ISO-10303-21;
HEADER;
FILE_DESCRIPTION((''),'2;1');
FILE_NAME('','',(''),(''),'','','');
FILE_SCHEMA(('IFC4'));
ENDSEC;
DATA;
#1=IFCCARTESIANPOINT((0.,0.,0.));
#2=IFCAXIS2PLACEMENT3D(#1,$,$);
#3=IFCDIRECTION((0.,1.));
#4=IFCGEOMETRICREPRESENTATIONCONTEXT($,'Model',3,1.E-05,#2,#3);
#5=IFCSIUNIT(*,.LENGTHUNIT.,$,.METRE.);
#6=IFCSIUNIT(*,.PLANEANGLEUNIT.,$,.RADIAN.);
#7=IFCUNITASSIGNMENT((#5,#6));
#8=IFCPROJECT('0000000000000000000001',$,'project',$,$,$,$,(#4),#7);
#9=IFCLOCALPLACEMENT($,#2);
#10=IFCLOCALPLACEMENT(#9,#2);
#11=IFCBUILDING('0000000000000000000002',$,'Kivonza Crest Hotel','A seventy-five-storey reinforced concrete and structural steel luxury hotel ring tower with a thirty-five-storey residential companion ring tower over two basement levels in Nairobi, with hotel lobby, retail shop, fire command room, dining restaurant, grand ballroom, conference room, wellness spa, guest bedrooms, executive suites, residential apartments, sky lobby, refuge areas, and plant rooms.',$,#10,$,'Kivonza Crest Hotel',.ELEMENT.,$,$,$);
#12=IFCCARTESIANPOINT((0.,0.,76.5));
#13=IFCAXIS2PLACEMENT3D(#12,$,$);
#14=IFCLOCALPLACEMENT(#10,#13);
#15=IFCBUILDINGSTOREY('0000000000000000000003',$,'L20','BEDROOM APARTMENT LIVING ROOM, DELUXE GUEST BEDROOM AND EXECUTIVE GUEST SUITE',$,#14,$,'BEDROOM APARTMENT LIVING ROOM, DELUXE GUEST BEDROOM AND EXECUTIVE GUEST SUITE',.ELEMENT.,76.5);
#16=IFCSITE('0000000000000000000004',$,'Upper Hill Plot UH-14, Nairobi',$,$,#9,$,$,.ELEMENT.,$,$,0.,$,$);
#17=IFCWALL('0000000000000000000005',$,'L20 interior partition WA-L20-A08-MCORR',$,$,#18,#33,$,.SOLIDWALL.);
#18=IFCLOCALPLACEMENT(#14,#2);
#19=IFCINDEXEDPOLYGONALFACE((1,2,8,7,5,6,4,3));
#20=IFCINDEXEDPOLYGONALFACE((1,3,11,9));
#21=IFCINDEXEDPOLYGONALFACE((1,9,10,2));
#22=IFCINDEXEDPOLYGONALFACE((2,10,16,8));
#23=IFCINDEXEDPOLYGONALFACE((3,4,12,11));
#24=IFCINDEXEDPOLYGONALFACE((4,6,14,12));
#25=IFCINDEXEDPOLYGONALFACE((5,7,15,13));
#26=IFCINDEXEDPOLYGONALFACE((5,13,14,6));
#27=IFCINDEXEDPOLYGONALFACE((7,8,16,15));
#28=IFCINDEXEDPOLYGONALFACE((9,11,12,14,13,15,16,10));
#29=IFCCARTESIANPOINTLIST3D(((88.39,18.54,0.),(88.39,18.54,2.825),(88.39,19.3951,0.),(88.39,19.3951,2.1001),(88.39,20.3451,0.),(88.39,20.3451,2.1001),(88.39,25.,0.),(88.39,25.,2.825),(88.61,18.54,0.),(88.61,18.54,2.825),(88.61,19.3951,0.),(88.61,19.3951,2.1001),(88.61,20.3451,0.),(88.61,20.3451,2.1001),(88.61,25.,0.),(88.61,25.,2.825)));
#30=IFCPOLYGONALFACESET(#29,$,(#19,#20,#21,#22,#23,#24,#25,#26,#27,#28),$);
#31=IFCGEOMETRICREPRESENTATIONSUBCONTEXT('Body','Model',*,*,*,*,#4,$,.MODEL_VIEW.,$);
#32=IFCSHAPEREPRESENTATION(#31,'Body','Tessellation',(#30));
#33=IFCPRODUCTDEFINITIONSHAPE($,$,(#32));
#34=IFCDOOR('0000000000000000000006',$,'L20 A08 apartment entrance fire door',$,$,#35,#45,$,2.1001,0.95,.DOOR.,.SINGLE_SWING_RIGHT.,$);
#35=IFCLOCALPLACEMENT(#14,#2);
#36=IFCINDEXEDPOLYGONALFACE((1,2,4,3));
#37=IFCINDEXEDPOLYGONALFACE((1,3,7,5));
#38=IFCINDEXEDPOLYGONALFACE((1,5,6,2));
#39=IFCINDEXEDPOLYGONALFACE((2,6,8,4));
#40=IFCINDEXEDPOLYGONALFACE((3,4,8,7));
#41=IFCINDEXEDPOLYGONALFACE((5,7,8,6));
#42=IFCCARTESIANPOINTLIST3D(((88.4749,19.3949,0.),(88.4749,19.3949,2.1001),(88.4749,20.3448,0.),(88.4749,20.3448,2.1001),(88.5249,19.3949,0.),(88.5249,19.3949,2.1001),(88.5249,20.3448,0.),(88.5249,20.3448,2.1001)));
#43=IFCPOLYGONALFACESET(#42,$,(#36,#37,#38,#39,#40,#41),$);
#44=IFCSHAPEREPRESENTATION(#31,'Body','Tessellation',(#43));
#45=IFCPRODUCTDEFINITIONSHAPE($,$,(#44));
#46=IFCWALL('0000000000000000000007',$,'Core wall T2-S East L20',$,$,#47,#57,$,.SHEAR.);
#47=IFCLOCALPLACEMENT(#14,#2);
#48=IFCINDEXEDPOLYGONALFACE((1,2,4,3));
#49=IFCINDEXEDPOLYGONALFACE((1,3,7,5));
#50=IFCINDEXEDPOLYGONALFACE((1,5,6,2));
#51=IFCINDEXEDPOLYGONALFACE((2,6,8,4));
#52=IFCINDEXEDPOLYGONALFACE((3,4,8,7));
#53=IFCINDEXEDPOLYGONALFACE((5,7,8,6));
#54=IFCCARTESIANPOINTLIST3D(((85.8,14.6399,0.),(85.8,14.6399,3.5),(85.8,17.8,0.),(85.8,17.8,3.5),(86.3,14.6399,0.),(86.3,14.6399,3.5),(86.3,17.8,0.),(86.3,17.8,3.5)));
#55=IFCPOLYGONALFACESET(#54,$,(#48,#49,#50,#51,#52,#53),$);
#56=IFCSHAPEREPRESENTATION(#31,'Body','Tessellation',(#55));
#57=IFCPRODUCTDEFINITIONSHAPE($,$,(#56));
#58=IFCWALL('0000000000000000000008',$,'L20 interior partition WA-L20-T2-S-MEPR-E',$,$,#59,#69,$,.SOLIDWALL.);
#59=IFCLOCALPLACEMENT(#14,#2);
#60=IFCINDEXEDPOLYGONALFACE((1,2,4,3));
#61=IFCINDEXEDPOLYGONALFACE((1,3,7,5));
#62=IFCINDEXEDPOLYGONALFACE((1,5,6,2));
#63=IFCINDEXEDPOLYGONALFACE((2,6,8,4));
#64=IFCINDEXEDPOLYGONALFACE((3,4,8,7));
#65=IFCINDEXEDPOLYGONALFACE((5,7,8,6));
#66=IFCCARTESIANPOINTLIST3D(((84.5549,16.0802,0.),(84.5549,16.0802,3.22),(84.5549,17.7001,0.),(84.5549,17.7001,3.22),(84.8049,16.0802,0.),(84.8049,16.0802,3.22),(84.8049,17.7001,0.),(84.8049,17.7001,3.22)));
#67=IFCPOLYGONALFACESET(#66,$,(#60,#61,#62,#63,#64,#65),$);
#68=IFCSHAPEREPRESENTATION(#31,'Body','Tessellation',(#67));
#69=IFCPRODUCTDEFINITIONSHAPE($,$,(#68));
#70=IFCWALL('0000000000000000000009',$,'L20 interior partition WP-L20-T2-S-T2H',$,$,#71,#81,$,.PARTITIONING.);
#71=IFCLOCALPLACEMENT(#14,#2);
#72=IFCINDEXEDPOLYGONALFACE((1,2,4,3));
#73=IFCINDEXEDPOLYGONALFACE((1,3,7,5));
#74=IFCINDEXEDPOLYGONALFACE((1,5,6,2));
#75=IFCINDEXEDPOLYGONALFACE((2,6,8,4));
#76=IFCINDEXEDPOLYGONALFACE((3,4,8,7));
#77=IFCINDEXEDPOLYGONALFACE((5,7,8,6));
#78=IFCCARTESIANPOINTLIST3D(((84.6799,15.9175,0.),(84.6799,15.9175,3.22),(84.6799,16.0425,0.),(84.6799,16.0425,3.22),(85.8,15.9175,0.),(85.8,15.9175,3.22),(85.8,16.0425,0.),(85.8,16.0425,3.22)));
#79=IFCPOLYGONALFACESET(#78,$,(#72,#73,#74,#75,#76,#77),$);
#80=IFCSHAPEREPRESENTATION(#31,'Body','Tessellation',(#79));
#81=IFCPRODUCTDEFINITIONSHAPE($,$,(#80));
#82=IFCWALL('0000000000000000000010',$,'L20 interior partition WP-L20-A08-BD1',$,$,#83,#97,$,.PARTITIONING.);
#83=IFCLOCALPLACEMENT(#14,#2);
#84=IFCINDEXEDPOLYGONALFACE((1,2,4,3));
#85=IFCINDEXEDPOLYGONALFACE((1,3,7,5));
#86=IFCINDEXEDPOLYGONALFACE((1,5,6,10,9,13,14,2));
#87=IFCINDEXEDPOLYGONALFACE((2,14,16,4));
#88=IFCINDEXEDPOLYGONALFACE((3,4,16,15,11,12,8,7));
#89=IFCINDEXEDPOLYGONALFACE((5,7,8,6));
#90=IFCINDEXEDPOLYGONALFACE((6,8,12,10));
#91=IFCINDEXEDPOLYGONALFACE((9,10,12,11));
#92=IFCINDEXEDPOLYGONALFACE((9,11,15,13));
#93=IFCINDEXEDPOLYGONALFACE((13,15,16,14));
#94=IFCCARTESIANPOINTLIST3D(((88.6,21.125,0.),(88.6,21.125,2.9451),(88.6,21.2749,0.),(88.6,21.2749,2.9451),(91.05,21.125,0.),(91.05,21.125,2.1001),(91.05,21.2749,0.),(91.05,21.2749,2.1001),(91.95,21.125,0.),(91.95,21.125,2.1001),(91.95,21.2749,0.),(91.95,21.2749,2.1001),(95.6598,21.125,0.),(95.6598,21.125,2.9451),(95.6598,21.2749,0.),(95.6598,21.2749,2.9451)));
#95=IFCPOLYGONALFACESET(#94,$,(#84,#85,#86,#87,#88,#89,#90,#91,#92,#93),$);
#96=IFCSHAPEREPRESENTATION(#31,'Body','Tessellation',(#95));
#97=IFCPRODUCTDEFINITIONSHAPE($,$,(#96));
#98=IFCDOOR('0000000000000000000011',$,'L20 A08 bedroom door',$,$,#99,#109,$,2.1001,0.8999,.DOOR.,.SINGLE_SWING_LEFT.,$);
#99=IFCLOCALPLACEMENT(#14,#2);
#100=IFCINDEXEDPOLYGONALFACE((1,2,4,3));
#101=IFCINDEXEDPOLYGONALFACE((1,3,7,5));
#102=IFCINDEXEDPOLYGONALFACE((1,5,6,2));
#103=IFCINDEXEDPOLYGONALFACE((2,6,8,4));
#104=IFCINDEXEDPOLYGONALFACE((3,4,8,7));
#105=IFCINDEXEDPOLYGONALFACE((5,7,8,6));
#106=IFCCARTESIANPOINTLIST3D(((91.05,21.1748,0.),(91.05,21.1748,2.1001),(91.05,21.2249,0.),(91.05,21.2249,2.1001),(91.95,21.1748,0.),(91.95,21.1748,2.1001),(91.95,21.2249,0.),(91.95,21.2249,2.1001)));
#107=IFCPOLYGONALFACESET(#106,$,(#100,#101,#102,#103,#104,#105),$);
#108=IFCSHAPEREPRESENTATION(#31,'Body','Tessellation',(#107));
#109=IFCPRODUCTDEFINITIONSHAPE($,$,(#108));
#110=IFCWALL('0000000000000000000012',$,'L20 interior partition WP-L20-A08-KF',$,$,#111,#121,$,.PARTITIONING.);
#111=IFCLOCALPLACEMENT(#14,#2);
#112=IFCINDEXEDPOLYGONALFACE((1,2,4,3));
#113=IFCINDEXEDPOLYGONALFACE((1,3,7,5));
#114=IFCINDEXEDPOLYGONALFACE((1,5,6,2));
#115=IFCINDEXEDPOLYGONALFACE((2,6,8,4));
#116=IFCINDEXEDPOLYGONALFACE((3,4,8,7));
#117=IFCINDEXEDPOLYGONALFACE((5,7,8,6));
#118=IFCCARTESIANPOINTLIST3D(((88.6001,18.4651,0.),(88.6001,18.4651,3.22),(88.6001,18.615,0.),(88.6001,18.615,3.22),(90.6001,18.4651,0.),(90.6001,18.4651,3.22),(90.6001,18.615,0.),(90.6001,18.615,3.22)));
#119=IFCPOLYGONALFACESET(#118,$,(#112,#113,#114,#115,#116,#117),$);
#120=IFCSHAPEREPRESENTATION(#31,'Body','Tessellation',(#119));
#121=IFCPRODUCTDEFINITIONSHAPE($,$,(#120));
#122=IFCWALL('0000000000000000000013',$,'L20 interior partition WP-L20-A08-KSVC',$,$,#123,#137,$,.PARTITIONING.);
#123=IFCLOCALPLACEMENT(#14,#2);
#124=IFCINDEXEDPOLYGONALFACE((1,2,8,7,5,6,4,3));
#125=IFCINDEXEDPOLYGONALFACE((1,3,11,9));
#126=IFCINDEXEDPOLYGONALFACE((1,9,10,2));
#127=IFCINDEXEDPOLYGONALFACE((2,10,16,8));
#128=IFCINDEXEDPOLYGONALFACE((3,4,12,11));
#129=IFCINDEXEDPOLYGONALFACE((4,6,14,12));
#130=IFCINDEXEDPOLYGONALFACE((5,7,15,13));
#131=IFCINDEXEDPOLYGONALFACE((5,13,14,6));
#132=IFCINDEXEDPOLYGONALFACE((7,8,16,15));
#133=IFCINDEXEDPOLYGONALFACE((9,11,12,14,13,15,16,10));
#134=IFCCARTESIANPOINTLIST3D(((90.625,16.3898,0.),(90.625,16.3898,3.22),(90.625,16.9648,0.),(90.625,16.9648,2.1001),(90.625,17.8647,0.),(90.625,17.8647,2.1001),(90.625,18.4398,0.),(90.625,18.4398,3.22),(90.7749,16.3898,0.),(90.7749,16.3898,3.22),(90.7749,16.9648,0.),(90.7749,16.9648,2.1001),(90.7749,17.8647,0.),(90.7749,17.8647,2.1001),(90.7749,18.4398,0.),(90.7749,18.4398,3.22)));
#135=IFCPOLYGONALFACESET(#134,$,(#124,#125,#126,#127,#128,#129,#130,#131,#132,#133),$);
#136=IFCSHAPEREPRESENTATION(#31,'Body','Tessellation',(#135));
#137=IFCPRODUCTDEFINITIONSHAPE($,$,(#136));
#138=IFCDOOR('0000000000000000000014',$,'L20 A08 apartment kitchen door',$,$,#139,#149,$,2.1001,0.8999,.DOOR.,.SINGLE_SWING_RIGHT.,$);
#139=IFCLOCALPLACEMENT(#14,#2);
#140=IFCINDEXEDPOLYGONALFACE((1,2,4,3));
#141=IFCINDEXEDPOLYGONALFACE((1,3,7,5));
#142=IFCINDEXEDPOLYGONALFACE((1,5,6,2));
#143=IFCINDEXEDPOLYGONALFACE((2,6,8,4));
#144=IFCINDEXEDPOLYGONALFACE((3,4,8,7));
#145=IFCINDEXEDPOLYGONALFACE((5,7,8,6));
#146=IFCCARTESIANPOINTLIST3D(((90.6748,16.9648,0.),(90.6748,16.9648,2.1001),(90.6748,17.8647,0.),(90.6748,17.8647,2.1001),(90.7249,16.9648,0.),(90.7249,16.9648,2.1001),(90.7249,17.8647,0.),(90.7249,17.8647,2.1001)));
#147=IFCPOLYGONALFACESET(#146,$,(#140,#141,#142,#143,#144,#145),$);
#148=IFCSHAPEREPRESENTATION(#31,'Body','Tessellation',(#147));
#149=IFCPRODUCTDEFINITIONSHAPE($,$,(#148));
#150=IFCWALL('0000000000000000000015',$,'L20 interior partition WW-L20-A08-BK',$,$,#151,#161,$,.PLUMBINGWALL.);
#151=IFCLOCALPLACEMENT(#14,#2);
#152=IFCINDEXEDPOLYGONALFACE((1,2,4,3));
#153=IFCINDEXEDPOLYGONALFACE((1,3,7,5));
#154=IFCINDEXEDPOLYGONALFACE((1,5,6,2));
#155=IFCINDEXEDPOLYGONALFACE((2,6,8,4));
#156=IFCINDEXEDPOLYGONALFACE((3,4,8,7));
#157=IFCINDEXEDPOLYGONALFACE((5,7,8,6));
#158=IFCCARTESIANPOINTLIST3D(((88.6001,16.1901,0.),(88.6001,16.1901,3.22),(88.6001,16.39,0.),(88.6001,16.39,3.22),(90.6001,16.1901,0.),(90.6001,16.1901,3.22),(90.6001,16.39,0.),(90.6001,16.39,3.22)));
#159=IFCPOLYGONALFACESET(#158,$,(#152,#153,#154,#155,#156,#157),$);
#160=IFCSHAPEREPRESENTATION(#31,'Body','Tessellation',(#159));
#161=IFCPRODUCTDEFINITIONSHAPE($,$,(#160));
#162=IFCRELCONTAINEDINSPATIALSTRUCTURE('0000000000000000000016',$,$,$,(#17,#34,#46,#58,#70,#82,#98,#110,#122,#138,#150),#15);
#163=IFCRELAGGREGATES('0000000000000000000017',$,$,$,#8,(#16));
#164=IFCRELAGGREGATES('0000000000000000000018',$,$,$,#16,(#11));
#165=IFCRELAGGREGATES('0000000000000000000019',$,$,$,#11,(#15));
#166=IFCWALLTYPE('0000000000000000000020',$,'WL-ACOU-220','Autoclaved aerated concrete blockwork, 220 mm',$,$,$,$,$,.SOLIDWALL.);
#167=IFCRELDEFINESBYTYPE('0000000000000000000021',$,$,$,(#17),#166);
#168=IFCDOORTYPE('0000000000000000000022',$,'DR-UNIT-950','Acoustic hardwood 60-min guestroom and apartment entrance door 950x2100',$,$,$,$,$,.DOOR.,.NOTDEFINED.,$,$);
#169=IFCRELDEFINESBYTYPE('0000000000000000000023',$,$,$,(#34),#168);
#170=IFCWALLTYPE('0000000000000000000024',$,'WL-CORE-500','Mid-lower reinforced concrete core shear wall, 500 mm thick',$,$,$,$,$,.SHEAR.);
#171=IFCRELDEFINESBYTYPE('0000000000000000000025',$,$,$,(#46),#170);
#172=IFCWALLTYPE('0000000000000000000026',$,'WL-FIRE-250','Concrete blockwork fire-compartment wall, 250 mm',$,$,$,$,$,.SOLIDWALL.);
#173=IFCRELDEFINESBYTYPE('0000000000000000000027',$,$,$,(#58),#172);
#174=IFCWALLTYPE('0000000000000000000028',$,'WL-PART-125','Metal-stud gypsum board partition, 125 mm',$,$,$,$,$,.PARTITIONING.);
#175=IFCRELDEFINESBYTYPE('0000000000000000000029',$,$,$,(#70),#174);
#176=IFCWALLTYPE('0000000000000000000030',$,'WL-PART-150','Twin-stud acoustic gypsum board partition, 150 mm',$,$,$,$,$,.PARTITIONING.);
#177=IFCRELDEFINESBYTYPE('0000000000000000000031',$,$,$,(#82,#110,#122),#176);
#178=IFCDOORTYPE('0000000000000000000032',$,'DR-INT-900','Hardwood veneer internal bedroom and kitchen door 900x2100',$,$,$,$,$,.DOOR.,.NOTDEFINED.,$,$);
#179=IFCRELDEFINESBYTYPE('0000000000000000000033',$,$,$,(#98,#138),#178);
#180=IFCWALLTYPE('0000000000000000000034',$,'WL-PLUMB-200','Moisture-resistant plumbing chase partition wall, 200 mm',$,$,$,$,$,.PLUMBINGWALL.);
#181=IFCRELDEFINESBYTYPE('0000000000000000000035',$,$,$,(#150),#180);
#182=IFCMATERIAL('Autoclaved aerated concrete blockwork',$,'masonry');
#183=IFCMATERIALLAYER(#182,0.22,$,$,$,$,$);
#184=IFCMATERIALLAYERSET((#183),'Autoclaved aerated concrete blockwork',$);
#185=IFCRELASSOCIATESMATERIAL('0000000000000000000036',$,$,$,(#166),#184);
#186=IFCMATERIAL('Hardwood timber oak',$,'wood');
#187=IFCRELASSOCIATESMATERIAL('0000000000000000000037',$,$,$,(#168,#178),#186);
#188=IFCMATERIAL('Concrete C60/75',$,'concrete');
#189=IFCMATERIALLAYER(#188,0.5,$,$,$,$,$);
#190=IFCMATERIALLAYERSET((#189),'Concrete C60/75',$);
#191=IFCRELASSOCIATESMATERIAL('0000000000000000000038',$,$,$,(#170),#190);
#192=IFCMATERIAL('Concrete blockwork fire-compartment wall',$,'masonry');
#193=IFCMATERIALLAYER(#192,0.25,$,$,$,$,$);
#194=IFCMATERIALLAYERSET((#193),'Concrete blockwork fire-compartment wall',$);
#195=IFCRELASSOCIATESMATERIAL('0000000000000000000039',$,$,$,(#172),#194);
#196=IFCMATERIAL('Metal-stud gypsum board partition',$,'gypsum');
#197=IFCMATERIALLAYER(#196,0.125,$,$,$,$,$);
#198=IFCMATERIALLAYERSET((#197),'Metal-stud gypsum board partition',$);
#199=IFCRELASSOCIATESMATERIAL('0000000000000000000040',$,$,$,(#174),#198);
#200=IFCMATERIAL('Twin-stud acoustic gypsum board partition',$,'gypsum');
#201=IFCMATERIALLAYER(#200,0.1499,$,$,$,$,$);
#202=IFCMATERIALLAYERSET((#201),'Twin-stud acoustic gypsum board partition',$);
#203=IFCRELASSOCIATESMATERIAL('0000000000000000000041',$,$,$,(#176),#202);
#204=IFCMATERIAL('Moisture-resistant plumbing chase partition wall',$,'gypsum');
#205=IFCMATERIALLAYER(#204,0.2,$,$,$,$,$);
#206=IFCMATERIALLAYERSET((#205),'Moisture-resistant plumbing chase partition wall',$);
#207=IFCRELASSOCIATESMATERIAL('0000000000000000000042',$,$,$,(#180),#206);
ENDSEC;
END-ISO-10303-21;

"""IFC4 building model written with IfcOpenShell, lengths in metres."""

from ifc_helpers import new_model, si_unit, direction, frame, frame_2d, origin, place, context, subcontext, project, spatial, rectangle, extrude, material, layer, layer_set, type_object, element, fill, save


model = new_model("IFC4")

# Units and contexts
model_context = context("Model", 3, precision=1e-05, world=origin(), true_north=direction((0.0, 1.0)))
body_context = subcontext(model_context, "Body", "Model", "MODEL_VIEW")
ifc_project = project(units=[si_unit("LENGTHUNIT", "METRE"), si_unit("PLANEANGLEUNIT", "RADIAN")], contexts=[model_context])

# Site, building, storey
site_placement = place(None, origin())
site = spatial("IfcSite", under=ifc_project, at=site_placement, Name="Upper Hill Plot UH-14, Nairobi", CompositionType="ELEMENT", RefElevation=0.0)
building_placement = place(site_placement, origin())
building = spatial("IfcBuilding", under=site, at=building_placement, Name="Kivonza Crest Hotel", Description="A seventy-five-storey reinforced concrete and structural steel luxury hotel ring tower with a thirty-five-storey residential companion ring tower over two basement levels in Nairobi, with hotel lobby, retail shop, fire command room, dining restaurant, grand ballroom, conference room, wellness spa, guest bedrooms, executive suites, residential apartments, sky lobby, refuge areas, and plant rooms.", LongName="Kivonza Crest Hotel", CompositionType="ELEMENT")
storey_placement = place(building_placement, frame((0.0, 0.0, 76.5)))
storey = spatial("IfcBuildingStorey", under=building, at=storey_placement, Name="L20", Description="BEDROOM APARTMENT LIVING ROOM, DELUXE GUEST BEDROOM AND EXECUTIVE GUEST SUITE", LongName="BEDROOM APARTMENT LIVING ROOM, DELUXE GUEST BEDROOM AND EXECUTIVE GUEST SUITE", CompositionType="ELEMENT", Elevation=76.5)

# Shared definitions
ifc_material_1 = material(Name="Autoclaved aerated concrete blockwork", Category="masonry")
ifc_layer_1 = layer(ifc_material_1, 0.22)
ifc_layer_set_1 = layer_set([ifc_layer_1], Name="Autoclaved aerated concrete blockwork")
wall_type_1 = type_object("IfcWallType", Name="WL-ACOU-220", Description="Autoclaved aerated concrete blockwork, 220 mm", PredefinedType="SOLIDWALL", material=ifc_layer_set_1)

# Wall, opening, door
wall_1_placement = place(storey_placement, frame((88.5, 18.54, 0.0), z_axis=(0.0, 0.0, 1.0), x_axis=(0.0, 1.0, 0.0)))
wall_1 = element("IfcWall", 1, at=wall_1_placement, inside=storey, type_object=wall_type_1, Name="L20 interior partition WA-L20-A08-MCORR", PredefinedType="SOLIDWALL", context=body_context, shape_type="SweptSolid", body=[
    extrude(rectangle(XDim=6.46, YDim=0.22, at=frame_2d((3.23, 0.0))), origin(), (0.0, 0.0, 1.0), 2.825),
])
opening_1_placement = place(wall_1_placement, frame((0.855, 0.0, 0.0)))
opening_1 = element("IfcOpeningElement", 2, at=opening_1_placement, cuts=wall_1, PredefinedType="OPENING", context=body_context, shape_type="SweptSolid", body=[
    extrude(rectangle(XDim=0.95, YDim=2.1001, at=frame_2d((0.4751, 1.05))), frame((0.0, 0.1201, 0.0), z_axis=(0.0, -1.0, 0.0), x_axis=(1.0, 0.0, 0.0)), (0.0, 0.0, 1.0), 0.24),
])
ifc_material_2 = material(Name="Hardwood timber oak", Category="wood")
door_type_1 = type_object("IfcDoorType", Name="DR-UNIT-950", Description="Acoustic hardwood 60-min guestroom and apartment entrance door 950x2100", OperationType="NOTDEFINED", PredefinedType="DOOR", material=ifc_material_2)
door_1_placement = place(opening_1_placement, frame((0.95, 0.0, 0.0), z_axis=(0.0, 0.0, 1.0), x_axis=(-1.0, 0.0, 0.0)))
door_1 = element("IfcDoor", 3, at=door_1_placement, inside=storey, type_object=door_type_1, Name="L20 A08 apartment entrance fire door", OperationType="SINGLE_SWING_RIGHT", OverallHeight=2.1001, OverallWidth=0.95, PredefinedType="DOOR", context=body_context, shape_type="SweptSolid", body=[
    extrude(rectangle(XDim=0.95, YDim=2.1001, at=frame_2d((0.4751, 1.05))), frame((0.0, 0.0249, 0.0), z_axis=(0.0, -1.0, 0.0), x_axis=(1.0, 0.0, 0.0)), (0.0, 0.0, 1.0), 0.05),
])
fill(opening_1, door_1)

# Walls
ifc_material_3 = material(Name="Concrete C60/75", Category="concrete")
ifc_layer_2 = layer(ifc_material_3, 0.5)
ifc_layer_set_2 = layer_set([ifc_layer_2], Name="Concrete C60/75")
wall_type_2 = type_object("IfcWallType", Name="WL-CORE-500", Description="Mid-lower reinforced concrete core shear wall, 500 mm thick", PredefinedType="SHEAR", material=ifc_layer_set_2)
wall_2_placement = place(storey_placement, frame((86.05, 14.6399, 0.0), z_axis=(0.0, 0.0, 1.0), x_axis=(0.0, 1.0, 0.0)))
element("IfcWall", 4, at=wall_2_placement, inside=storey, type_object=wall_type_2, Name="Core wall T2-S East L20", PredefinedType="SHEAR", context=body_context, shape_type="SweptSolid", body=[
    extrude(rectangle(XDim=3.1602, YDim=0.5, at=frame_2d((1.5801, 0.0))), origin(), (0.0, 0.0, 1.0), 3.5),
])
ifc_material_4 = material(Name="Concrete blockwork fire-compartment wall", Category="masonry")
ifc_layer_3 = layer(ifc_material_4, 0.25)
ifc_layer_set_3 = layer_set([ifc_layer_3], Name="Concrete blockwork fire-compartment wall")
wall_type_3 = type_object("IfcWallType", Name="WL-FIRE-250", Description="Concrete blockwork fire-compartment wall, 250 mm", PredefinedType="SOLIDWALL", material=ifc_layer_set_3)
wall_3_placement = place(storey_placement, frame((84.6799, 16.0801, 0.0), z_axis=(0.0, 0.0, 1.0), x_axis=(0.0, 1.0, 0.0)))
element("IfcWall", 5, at=wall_3_placement, inside=storey, type_object=wall_type_3, Name="L20 interior partition WA-L20-T2-S-MEPR-E", PredefinedType="SOLIDWALL", context=body_context, shape_type="SweptSolid", body=[
    extrude(rectangle(XDim=1.6199, YDim=0.25, at=frame_2d((0.8101, 0.0))), origin(), (0.0, 0.0, 1.0), 3.22),
])
ifc_material_5 = material(Name="Metal-stud gypsum board partition", Category="gypsum")
ifc_layer_4 = layer(ifc_material_5, 0.125)
ifc_layer_set_4 = layer_set([ifc_layer_4], Name="Metal-stud gypsum board partition")
wall_type_4 = type_object("IfcWallType", Name="WL-PART-125", Description="Metal-stud gypsum board partition, 125 mm", PredefinedType="PARTITIONING", material=ifc_layer_set_4)
wall_4_placement = place(storey_placement, frame((84.6799, 15.98, 0.0), z_axis=(0.0, 0.0, 1.0), x_axis=(1.0, 0.0, 0.0)))
element("IfcWall", 6, at=wall_4_placement, inside=storey, type_object=wall_type_4, Name="L20 interior partition WP-L20-T2-S-T2H", PredefinedType="PARTITIONING", context=body_context, shape_type="SweptSolid", body=[
    extrude(rectangle(XDim=1.1201, YDim=0.125, at=frame_2d((0.5601, 0.0))), origin(), (0.0, 0.0, 1.0), 3.22),
])

# Wall, opening, door
ifc_material_6 = material(Name="Twin-stud acoustic gypsum board partition", Category="gypsum")
ifc_layer_5 = layer(ifc_material_6, 0.1499)
ifc_layer_set_5 = layer_set([ifc_layer_5], Name="Twin-stud acoustic gypsum board partition")
wall_type_5 = type_object("IfcWallType", Name="WL-PART-150", Description="Twin-stud acoustic gypsum board partition, 150 mm", PredefinedType="PARTITIONING", material=ifc_layer_set_5)
wall_5_placement = place(storey_placement, frame((88.6001, 21.2, 0.0), z_axis=(0.0, 0.0, 1.0), x_axis=(1.0, 0.0, 0.0)))
wall_5 = element("IfcWall", 7, at=wall_5_placement, inside=storey, type_object=wall_type_5, Name="L20 interior partition WP-L20-A08-BD1", PredefinedType="PARTITIONING", context=body_context, shape_type="SweptSolid", body=[
    extrude(rectangle(XDim=7.0598, YDim=0.1499, at=frame_2d((3.5298, 0.0))), origin(), (0.0, 0.0, 1.0), 2.9451),
])
opening_2_placement = place(wall_5_placement, frame((2.45, 0.0, 0.0)))
opening_2 = element("IfcOpeningElement", 8, at=opening_2_placement, cuts=wall_5, PredefinedType="OPENING", context=body_context, shape_type="SweptSolid", body=[
    extrude(rectangle(XDim=0.8999, YDim=2.1001, at=frame_2d((0.45, 1.05))), frame((0.0, 0.085, 0.0), z_axis=(0.0, -1.0, 0.0), x_axis=(1.0, 0.0, 0.0)), (0.0, 0.0, 1.0), 0.1699),
])
door_type_2 = type_object("IfcDoorType", Name="DR-INT-900", Description="Hardwood veneer internal bedroom and kitchen door 900x2100", OperationType="NOTDEFINED", PredefinedType="DOOR", material=ifc_material_2)
door_2_placement = place(opening_2_placement, origin())
door_2 = element("IfcDoor", 9, at=door_2_placement, inside=storey, type_object=door_type_2, Name="L20 A08 bedroom door", OperationType="SINGLE_SWING_LEFT", OverallHeight=2.1001, OverallWidth=0.8999, PredefinedType="DOOR", context=body_context, shape_type="SweptSolid", body=[
    extrude(rectangle(XDim=0.8999, YDim=2.1001, at=frame_2d((0.45, 1.05))), frame((0.0, 0.0249, 0.0), z_axis=(0.0, -1.0, 0.0), x_axis=(1.0, 0.0, 0.0)), (0.0, 0.0, 1.0), 0.05),
])
fill(opening_2, door_2)

# Wall
wall_6_placement = place(storey_placement, frame((88.6001, 18.54, 0.0), z_axis=(0.0, 0.0, 1.0), x_axis=(1.0, 0.0, 0.0)))
element("IfcWall", 10, at=wall_6_placement, inside=storey, type_object=wall_type_5, Name="L20 interior partition WP-L20-A08-KF", PredefinedType="PARTITIONING", context=body_context, shape_type="SweptSolid", body=[
    extrude(rectangle(XDim=2.0, YDim=0.1499, at=frame_2d((1.0, 0.0))), origin(), (0.0, 0.0, 1.0), 3.22),
])

# Wall, opening, door
wall_7_placement = place(storey_placement, frame((90.7, 16.3899, 0.0), z_axis=(0.0, 0.0, 1.0), x_axis=(0.0, 1.0, 0.0)))
wall_7 = element("IfcWall", 11, at=wall_7_placement, inside=storey, type_object=wall_type_5, Name="L20 interior partition WP-L20-A08-KSVC", PredefinedType="PARTITIONING", context=body_context, shape_type="SweptSolid", body=[
    extrude(rectangle(XDim=2.05, YDim=0.1499, at=frame_2d((1.0249, 0.0))), origin(), (0.0, 0.0, 1.0), 3.22),
])
opening_3_placement = place(wall_7_placement, frame((0.575, 0.0, 0.0)))
opening_3 = element("IfcOpeningElement", 12, at=opening_3_placement, cuts=wall_7, PredefinedType="OPENING", context=body_context, shape_type="SweptSolid", body=[
    extrude(rectangle(XDim=0.8999, YDim=2.1001, at=frame_2d((0.45, 1.05))), frame((0.0, 0.085, 0.0), z_axis=(0.0, -1.0, 0.0), x_axis=(1.0, 0.0, 0.0)), (0.0, 0.0, 1.0), 0.1699),
])
door_3_placement = place(opening_3_placement, frame((0.8999, 0.0, 0.0), z_axis=(0.0, 0.0, 1.0), x_axis=(-1.0, 0.0, 0.0)))
door_3 = element("IfcDoor", 13, at=door_3_placement, inside=storey, type_object=door_type_2, Name="L20 A08 apartment kitchen door", OperationType="SINGLE_SWING_RIGHT", OverallHeight=2.1001, OverallWidth=0.8999, PredefinedType="DOOR", context=body_context, shape_type="SweptSolid", body=[
    extrude(rectangle(XDim=0.8999, YDim=2.1001, at=frame_2d((0.45, 1.05))), frame((0.0, 0.0249, 0.0), z_axis=(0.0, -1.0, 0.0), x_axis=(1.0, 0.0, 0.0)), (0.0, 0.0, 1.0), 0.05),
])
fill(opening_3, door_3)

# Wall
ifc_material_7 = material(Name="Moisture-resistant plumbing chase partition wall", Category="gypsum")
ifc_layer_6 = layer(ifc_material_7, 0.2)
ifc_layer_set_6 = layer_set([ifc_layer_6], Name="Moisture-resistant plumbing chase partition wall")
wall_type_6 = type_object("IfcWallType", Name="WL-PLUMB-200", Description="Moisture-resistant plumbing chase partition wall, 200 mm", PredefinedType="PLUMBINGWALL", material=ifc_layer_set_6)
wall_8_placement = place(storey_placement, frame((88.6001, 16.29, 0.0), z_axis=(0.0, 0.0, 1.0), x_axis=(1.0, 0.0, 0.0)))
element("IfcWall", 14, at=wall_8_placement, inside=storey, type_object=wall_type_6, Name="L20 interior partition WW-L20-A08-BK", PredefinedType="PLUMBINGWALL", context=body_context, shape_type="SweptSolid", body=[
    extrude(rectangle(XDim=2.0, YDim=0.2, at=frame_2d((1.0, 0.0))), origin(), (0.0, 0.0, 1.0), 3.22),
])

save(model, "model.ifc")
